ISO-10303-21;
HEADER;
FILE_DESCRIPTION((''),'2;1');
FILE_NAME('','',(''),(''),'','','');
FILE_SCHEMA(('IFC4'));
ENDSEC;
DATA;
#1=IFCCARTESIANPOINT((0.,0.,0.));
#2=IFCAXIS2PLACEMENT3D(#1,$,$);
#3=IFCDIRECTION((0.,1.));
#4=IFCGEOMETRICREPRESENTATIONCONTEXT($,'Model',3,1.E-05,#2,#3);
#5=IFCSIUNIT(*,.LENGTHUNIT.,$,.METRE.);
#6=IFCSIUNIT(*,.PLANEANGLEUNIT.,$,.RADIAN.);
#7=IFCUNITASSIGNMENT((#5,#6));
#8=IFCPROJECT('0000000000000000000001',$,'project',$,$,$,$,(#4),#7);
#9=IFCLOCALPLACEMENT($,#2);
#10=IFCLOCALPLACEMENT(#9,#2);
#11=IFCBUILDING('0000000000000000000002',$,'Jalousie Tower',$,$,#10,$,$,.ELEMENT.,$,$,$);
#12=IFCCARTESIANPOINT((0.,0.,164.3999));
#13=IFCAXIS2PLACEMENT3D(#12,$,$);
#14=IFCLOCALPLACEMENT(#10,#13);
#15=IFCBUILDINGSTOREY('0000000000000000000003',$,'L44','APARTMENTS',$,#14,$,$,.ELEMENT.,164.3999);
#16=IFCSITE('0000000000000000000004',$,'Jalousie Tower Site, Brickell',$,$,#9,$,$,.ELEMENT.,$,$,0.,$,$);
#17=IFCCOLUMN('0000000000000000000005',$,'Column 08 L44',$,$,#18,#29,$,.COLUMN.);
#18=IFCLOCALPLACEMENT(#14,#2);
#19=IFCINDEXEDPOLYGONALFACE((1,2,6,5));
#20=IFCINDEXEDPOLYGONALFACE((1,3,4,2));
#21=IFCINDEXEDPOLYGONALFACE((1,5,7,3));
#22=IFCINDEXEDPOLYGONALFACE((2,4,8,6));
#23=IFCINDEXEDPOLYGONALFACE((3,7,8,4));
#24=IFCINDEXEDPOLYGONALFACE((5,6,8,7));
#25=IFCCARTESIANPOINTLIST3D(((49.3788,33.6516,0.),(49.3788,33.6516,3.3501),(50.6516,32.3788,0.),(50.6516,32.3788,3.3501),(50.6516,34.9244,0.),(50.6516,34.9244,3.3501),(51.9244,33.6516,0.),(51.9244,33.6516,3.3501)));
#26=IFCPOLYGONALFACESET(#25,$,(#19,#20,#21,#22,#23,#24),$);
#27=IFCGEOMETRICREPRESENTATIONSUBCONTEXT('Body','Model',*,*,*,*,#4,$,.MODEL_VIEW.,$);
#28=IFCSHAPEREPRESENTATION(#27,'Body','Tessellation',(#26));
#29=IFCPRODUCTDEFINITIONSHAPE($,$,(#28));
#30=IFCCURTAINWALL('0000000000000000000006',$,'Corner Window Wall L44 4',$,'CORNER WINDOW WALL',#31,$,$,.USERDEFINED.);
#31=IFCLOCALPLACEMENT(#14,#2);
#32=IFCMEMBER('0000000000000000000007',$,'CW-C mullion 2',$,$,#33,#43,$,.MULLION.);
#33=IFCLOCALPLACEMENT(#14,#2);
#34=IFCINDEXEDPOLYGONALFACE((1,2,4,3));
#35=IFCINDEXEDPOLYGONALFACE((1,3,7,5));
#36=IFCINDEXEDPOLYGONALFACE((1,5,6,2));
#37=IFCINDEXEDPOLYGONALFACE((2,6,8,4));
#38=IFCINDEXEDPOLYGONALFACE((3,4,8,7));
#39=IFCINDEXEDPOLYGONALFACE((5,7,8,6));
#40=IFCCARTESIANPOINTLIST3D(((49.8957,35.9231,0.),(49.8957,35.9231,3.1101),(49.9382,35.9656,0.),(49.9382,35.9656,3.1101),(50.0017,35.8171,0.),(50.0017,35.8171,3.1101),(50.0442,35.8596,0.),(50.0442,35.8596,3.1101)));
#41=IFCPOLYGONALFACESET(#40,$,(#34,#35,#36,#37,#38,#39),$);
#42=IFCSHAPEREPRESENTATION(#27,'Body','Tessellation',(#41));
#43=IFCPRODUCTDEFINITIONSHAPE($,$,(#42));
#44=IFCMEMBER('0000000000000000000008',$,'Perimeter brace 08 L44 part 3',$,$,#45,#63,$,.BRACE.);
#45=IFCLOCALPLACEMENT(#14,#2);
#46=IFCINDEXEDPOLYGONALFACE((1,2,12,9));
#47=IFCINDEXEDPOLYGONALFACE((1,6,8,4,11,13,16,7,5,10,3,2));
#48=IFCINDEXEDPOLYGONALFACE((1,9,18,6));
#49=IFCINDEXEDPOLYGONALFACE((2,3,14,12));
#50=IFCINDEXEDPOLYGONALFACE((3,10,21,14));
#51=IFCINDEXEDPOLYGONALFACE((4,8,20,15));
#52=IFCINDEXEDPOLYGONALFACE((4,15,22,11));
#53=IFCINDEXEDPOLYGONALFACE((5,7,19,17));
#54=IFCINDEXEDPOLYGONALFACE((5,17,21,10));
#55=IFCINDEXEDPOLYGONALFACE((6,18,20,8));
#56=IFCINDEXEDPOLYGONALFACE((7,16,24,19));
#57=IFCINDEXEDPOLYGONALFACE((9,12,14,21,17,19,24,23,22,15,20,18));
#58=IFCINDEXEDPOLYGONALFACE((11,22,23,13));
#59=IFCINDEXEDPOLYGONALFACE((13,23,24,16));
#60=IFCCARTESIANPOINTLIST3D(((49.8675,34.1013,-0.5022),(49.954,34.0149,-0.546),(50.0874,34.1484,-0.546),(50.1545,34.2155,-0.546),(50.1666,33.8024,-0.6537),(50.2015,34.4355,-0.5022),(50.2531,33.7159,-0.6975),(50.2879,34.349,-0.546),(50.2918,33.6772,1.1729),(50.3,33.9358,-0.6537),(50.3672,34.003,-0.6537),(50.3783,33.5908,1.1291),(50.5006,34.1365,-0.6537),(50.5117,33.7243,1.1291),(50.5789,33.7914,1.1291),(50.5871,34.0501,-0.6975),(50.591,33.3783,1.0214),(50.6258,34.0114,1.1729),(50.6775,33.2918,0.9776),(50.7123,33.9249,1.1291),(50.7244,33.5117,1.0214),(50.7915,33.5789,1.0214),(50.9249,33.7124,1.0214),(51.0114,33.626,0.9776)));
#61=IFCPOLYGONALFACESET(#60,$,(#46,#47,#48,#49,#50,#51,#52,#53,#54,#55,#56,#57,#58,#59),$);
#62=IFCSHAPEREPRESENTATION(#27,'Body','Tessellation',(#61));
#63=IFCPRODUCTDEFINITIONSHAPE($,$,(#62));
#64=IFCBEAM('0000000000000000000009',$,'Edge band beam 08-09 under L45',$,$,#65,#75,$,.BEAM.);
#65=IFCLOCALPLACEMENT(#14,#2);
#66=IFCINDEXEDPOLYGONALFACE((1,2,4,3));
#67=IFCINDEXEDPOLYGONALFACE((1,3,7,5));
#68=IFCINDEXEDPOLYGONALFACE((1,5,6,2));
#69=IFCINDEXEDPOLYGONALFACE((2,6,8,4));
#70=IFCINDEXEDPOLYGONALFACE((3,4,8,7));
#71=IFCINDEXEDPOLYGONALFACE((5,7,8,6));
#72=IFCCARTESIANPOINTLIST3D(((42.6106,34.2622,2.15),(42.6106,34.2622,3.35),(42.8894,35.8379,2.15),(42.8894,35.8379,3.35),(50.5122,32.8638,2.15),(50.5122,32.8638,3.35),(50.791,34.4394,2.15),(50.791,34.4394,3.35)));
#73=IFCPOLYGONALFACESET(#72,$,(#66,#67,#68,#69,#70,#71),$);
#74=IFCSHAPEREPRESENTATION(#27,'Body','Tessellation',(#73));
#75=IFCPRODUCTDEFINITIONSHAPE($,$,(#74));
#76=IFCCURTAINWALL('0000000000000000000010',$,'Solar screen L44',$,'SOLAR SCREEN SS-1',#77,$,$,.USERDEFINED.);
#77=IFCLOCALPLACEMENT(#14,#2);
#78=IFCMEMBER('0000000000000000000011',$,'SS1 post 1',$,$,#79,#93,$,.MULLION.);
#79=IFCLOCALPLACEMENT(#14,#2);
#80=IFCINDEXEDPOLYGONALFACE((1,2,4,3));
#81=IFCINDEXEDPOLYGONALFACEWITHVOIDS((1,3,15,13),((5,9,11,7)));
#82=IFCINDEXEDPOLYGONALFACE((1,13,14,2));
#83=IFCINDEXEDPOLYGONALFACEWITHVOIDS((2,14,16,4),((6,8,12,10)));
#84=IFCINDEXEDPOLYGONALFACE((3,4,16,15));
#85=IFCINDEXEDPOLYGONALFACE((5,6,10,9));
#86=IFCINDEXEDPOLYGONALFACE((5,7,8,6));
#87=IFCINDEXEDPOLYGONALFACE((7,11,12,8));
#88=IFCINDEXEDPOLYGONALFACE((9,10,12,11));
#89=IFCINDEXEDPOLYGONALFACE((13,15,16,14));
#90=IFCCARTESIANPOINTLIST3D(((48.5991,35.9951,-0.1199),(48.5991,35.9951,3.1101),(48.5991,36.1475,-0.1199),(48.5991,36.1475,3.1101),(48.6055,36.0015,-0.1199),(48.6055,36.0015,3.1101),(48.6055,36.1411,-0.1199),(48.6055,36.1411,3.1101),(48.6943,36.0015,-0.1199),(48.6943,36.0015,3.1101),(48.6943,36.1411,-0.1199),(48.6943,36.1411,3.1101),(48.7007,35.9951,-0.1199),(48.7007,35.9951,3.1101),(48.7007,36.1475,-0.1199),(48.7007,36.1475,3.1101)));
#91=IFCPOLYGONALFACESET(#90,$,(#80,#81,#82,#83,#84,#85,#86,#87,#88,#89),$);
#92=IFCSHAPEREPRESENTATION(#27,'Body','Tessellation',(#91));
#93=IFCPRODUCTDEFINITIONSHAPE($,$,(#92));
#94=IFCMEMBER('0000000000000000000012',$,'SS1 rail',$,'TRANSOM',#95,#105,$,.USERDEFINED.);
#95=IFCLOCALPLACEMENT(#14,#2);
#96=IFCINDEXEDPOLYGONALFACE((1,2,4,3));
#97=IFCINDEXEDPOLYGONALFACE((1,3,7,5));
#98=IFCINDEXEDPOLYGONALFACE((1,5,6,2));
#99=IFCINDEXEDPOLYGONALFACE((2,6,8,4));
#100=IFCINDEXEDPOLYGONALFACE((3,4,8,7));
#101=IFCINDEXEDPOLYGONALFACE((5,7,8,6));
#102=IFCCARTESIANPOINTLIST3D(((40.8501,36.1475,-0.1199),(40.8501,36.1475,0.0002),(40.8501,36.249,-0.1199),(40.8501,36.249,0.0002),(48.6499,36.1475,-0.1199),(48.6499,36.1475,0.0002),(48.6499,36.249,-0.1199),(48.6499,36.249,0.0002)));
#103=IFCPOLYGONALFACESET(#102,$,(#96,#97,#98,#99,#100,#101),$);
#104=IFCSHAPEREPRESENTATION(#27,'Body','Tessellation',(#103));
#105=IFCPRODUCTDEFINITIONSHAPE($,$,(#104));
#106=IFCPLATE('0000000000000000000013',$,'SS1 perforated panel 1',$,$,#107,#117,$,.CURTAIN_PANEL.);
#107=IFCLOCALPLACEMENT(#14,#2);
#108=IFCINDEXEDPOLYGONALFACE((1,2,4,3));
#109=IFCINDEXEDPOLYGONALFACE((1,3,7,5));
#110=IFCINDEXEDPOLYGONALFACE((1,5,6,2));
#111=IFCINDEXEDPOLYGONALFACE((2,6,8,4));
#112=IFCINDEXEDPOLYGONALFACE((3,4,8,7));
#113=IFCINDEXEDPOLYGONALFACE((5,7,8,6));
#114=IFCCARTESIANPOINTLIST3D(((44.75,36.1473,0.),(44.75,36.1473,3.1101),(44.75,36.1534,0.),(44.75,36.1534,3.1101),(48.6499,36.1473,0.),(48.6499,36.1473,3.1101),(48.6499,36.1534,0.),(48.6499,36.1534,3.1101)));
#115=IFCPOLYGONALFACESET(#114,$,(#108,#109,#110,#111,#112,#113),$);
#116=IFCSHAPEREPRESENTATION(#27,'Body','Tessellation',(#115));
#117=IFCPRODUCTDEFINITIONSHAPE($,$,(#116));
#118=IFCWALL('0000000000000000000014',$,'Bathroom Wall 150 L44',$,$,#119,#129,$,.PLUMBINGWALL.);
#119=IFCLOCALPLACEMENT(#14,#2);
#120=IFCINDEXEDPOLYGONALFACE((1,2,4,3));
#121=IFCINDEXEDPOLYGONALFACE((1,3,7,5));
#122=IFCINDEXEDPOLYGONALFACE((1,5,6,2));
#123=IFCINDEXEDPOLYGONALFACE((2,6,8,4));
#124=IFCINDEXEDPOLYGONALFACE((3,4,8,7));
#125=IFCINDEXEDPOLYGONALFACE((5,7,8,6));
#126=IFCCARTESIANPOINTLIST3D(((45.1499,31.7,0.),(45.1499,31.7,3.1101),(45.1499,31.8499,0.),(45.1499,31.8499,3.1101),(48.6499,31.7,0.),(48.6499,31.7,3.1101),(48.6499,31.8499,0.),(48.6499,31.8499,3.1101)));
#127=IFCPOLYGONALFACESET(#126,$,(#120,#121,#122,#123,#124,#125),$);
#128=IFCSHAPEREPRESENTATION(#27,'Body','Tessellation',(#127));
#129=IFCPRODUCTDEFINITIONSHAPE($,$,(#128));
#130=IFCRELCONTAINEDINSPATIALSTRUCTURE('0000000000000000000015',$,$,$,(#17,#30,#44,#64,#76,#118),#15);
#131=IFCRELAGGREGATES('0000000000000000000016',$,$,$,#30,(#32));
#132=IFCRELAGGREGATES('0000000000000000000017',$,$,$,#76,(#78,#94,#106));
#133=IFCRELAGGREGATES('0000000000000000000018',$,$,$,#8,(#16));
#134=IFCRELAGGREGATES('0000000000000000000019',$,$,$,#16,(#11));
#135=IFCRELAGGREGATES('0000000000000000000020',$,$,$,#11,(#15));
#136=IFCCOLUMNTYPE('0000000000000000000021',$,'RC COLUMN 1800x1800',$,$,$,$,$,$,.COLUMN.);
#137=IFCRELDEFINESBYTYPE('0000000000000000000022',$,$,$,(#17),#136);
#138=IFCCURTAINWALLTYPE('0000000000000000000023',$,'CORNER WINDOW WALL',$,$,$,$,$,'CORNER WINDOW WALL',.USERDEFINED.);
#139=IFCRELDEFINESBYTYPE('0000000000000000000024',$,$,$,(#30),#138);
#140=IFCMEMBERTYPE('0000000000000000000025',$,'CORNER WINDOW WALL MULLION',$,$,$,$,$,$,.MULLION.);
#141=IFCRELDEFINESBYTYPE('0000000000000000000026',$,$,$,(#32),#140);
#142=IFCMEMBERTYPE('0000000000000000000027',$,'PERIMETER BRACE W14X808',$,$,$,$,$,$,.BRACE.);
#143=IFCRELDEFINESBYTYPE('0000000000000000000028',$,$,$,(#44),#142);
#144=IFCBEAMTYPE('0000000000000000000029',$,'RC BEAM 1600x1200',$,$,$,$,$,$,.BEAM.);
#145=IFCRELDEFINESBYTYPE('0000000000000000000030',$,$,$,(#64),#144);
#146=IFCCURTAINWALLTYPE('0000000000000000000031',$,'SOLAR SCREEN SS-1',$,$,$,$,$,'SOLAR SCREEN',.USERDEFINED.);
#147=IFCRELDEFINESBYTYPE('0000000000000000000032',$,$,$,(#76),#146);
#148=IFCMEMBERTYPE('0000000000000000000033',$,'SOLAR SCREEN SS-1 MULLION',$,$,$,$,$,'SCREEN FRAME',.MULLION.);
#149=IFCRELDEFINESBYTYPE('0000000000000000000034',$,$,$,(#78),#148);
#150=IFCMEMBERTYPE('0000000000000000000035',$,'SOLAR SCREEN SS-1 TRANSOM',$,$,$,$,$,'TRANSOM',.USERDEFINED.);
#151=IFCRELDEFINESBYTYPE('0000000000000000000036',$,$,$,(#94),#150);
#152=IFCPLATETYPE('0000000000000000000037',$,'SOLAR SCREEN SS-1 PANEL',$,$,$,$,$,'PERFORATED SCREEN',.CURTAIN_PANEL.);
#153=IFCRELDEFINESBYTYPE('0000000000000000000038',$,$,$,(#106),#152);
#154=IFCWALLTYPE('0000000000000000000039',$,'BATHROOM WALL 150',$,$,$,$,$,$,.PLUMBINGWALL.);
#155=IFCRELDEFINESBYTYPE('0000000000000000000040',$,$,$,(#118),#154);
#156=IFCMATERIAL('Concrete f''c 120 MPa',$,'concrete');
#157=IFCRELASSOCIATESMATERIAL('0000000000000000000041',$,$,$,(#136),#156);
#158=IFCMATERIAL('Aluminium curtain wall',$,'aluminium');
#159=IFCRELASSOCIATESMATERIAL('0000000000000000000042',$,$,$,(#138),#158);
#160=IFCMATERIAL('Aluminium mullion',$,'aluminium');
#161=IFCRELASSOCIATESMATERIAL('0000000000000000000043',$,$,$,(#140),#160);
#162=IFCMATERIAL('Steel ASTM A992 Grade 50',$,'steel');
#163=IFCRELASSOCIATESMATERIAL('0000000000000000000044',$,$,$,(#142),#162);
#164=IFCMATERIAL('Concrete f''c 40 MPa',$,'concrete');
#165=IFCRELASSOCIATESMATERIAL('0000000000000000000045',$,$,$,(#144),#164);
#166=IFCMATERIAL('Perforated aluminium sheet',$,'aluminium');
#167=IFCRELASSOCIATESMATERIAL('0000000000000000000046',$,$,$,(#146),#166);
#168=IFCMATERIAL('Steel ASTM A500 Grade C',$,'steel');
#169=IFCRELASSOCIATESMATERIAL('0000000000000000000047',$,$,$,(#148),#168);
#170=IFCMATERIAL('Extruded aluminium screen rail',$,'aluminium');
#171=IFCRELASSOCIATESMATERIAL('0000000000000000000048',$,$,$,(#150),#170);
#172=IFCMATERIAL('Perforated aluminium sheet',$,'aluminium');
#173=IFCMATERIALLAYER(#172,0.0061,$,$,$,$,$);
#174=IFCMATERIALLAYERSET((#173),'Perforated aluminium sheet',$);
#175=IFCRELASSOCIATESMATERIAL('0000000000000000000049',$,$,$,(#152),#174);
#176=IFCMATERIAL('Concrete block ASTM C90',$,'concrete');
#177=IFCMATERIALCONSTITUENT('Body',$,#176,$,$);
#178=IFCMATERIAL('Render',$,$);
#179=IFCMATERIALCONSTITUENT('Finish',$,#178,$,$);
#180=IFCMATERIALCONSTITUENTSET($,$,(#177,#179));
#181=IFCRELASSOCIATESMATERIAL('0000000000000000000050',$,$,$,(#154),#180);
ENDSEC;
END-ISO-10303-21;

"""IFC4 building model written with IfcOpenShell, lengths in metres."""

from ifc_helpers import new_model, si_unit, direction, frame, frame_2d, origin, origin_2d, place, context, subcontext, project, spatial, rectangle, hollow_rectangle, i_section, extrude, material, layer, layer_set, constituent, constituent_set, material_profile, profile_set, type_object, element, aggregate, save


model = new_model("IFC4")

# Units and contexts
model_context = context("Model", 3, precision=1e-05, world=origin(), true_north=direction((0.0, 1.0)))
body_context = subcontext(model_context, "Body", "Model", "MODEL_VIEW")
ifc_project = project(units=[si_unit("LENGTHUNIT", "METRE"), si_unit("PLANEANGLEUNIT", "RADIAN")], contexts=[model_context])

# Site, building, storey
site_placement = place(None, origin())
site = spatial("IfcSite", under=ifc_project, at=site_placement, Name="Jalousie Tower Site, Brickell", CompositionType="ELEMENT", RefElevation=0.0)
building_placement = place(site_placement, origin())
building = spatial("IfcBuilding", under=site, at=building_placement, Name="Jalousie Tower", CompositionType="ELEMENT")
storey_placement = place(building_placement, frame((0.0, 0.0, 164.3999)))
storey = spatial("IfcBuildingStorey", under=building, at=storey_placement, Name="L44", Description="APARTMENTS", CompositionType="ELEMENT", Elevation=164.3999)

# Column
ifc_material_1 = material(Name="Concrete f'c 120 MPa", Category="concrete")
ifc_material_profile_1 = material_profile(ifc_material_1, rectangle(XDim=1.8, YDim=1.8, at=origin_2d()), Name="RC 1800x1800")
ifc_profile_set_1 = profile_set([ifc_material_profile_1], Name="Concrete f'c 120 MPa")
column_type = type_object("IfcColumnType", Name="RC COLUMN 1800x1800", PredefinedType="COLUMN", material=ifc_profile_set_1)
column_placement = place(storey_placement, frame((50.6516, 33.6516, 0.0), z_axis=(0.0, 0.0, 1.0), x_axis=(0.707107, 0.707107, 0.0)))
element("IfcColumn", 1, at=column_placement, inside=storey, type_object=column_type, Name="Column 08 L44", PredefinedType="COLUMN", context=body_context, shape_type="SweptSolid", body=[
    extrude(rectangle(XDim=1.8, YDim=1.8, at=origin_2d()), origin(), (0.0, 0.0, 1.0), 3.3501),
])

# Curtain wall, member
ifc_material_2 = material(Name="Aluminium curtain wall", Category="aluminium")
curtain_wall_type_1 = type_object("IfcCurtainWallType", Name="CORNER WINDOW WALL", ElementType="CORNER WINDOW WALL", PredefinedType="USERDEFINED", material=ifc_material_2)
curtain_wall_1_placement = place(storey_placement, origin())
curtain_wall_1 = element("IfcCurtainWall", 2, at=curtain_wall_1_placement, inside=storey, type_object=curtain_wall_type_1, Name="Corner Window Wall L44 4", ObjectType="CORNER WINDOW WALL", PredefinedType="USERDEFINED")
ifc_material_3 = material(Name="Aluminium mullion", Category="aluminium")
ifc_material_profile_2 = material_profile(ifc_material_3, rectangle(XDim=0.0601, YDim=0.1499, at=origin_2d()), Name="MULLION 60x150")
ifc_profile_set_2 = profile_set([ifc_material_profile_2], Name="Aluminium mullion")
member_type_1 = type_object("IfcMemberType", Name="CORNER WINDOW WALL MULLION", PredefinedType="MULLION", material=ifc_profile_set_2)
member_1_placement = place(storey_placement, frame((49.97, 35.8914, 0.0), z_axis=(0.0, 0.0, 1.0), x_axis=(-0.707107, -0.707107, 0.0)))
member_1 = element("IfcMember", 3, at=member_1_placement, type_object=member_type_1, Name="CW-C mullion 2", PredefinedType="MULLION", context=body_context, shape_type="SweptSolid", body=[
    extrude(rectangle(XDim=0.0601, YDim=0.1499, at=origin_2d()), origin(), (0.0, 0.0, 1.0), 3.1101),
])
aggregate(curtain_wall_1, [member_1])

# Member
ifc_material_4 = material(Name="Steel ASTM A992 Grade 50", Category="steel")
ifc_material_profile_3 = material_profile(ifc_material_4, i_section(OverallWidth=0.4724, OverallDepth=0.5791, WebThickness=0.095, FlangeThickness=0.1299, at=origin_2d()), Name="W14X808")
ifc_profile_set_3 = profile_set([ifc_material_profile_3], Name="Steel ASTM A992 Grade 50")
member_type_2 = type_object("IfcMemberType", Name="PERIMETER BRACE W14X808", PredefinedType="BRACE", material=ifc_profile_set_3)
member_2_placement = place(storey_placement, frame((50.2273, 34.0757, -0.5999), z_axis=(0.238483, -0.238346, 0.941444), x_axis=(0.706903, 0.70731, 0.0)))
element("IfcMember", 4, at=member_2_placement, inside=storey, type_object=member_type_2, Name="Perimeter brace 08 L44 part 3", PredefinedType="BRACE", context=body_context, shape_type="SweptSolid", body=[
    extrude(i_section(OverallWidth=0.4724, OverallDepth=0.5791, WebThickness=0.095, FlangeThickness=0.1299, at=origin_2d()), origin(), (0.0, 0.0, 1.0), 1.7793),
])

# Beam
ifc_material_5 = material(Name="Concrete f'c 40 MPa", Category="concrete")
ifc_material_profile_4 = material_profile(ifc_material_5, rectangle(XDim=1.6001, YDim=1.2, at=origin_2d()), Name="RC 1600x1200")
ifc_profile_set_4 = profile_set([ifc_material_profile_4], Name="Concrete f'c 40 MPa")
beam_type = type_object("IfcBeamType", Name="RC BEAM 1600x1200", PredefinedType="BEAM", material=ifc_profile_set_4)
beam_placement = place(storey_placement, frame((50.6516, 33.6516, 2.75), z_axis=(-0.984697, 0.174273, 0.0), x_axis=(-0.174273, -0.984697, 0.0)))
element("IfcBeam", 5, at=beam_placement, inside=storey, type_object=beam_type, Name="Edge band beam 08-09 under L45", PredefinedType="BEAM", context=body_context, shape_type="SweptSolid", body=[
    extrude(rectangle(XDim=1.6001, YDim=1.2, at=origin_2d()), origin(), (0.0, 0.0, 1.0), 8.0244),
])

# Curtain wall, members, plate
ifc_material_6 = material(Name="Perforated aluminium sheet", Category="aluminium")
curtain_wall_type_2 = type_object("IfcCurtainWallType", Name="SOLAR SCREEN SS-1", ElementType="SOLAR SCREEN", PredefinedType="USERDEFINED", material=ifc_material_6)
curtain_wall_2_placement = place(storey_placement, origin())
curtain_wall_2 = element("IfcCurtainWall", 6, at=curtain_wall_2_placement, inside=storey, type_object=curtain_wall_type_2, Name="Solar screen L44", ObjectType="SOLAR SCREEN SS-1", PredefinedType="USERDEFINED")
ifc_material_7 = material(Name="Steel ASTM A500 Grade C", Category="steel")
ifc_material_profile_5 = material_profile(ifc_material_7, hollow_rectangle(XDim=0.1016, YDim=0.1523, WallThickness=0.0063, at=origin_2d()), Name="HSS6X4X1/4")
ifc_profile_set_5 = profile_set([ifc_material_profile_5], Name="Steel ASTM A500 Grade C")
member_type_3 = type_object("IfcMemberType", Name="SOLAR SCREEN SS-1 MULLION", ElementType="SCREEN FRAME", PredefinedType="MULLION", material=ifc_profile_set_5)
member_3_placement = place(storey_placement, frame((48.6499, 36.0713, -0.1199), z_axis=(0.0, 0.0, 1.0), x_axis=(-1.0, 0.0, 0.0)))
member_3 = element("IfcMember", 7, at=member_3_placement, type_object=member_type_3, Name="SS1 post 1", PredefinedType="MULLION", context=body_context, shape_type="SweptSolid", body=[
    extrude(hollow_rectangle(XDim=0.1016, YDim=0.1523, WallThickness=0.0063, at=origin_2d()), origin(), (0.0, 0.0, 1.0), 3.23),
])
ifc_material_8 = material(Name="Extruded aluminium screen rail", Category="aluminium")
ifc_material_profile_6 = material_profile(ifc_material_8, rectangle(XDim=0.1016, YDim=0.1201, at=origin_2d()), Name="RAIL 102x120")
ifc_profile_set_6 = profile_set([ifc_material_profile_6], Name="Extruded aluminium screen rail")
member_type_4 = type_object("IfcMemberType", Name="SOLAR SCREEN SS-1 TRANSOM", ElementType="TRANSOM", PredefinedType="USERDEFINED", material=ifc_profile_set_6)
member_4_placement = place(storey_placement, frame((48.6499, 36.1982, -0.0598), z_axis=(-1.0, 0.0, 0.0), x_axis=(0.0, -1.0, 0.0)))
member_4 = element("IfcMember", 8, at=member_4_placement, type_object=member_type_4, Name="SS1 rail", ObjectType="TRANSOM", PredefinedType="USERDEFINED", context=body_context, shape_type="SweptSolid", body=[
    extrude(rectangle(XDim=0.1016, YDim=0.1201, at=origin_2d()), origin(), (0.0, 0.0, 1.0), 7.7998),
])
ifc_material_9 = material(Name="Perforated aluminium sheet", Category="aluminium")
ifc_layer = layer(ifc_material_9, 0.0061)
ifc_layer_set = layer_set([ifc_layer], Name="Perforated aluminium sheet")
plate_type = type_object("IfcPlateType", Name="SOLAR SCREEN SS-1 PANEL", ElementType="PERFORATED SCREEN", PredefinedType="CURTAIN_PANEL", material=ifc_layer_set)
plate_placement = place(storey_placement, frame((46.7, 36.1504, 0.0), z_axis=(0.0, 0.0, 1.0), x_axis=(-1.0, 0.0, 0.0)))
plate = element("IfcPlate", 9, at=plate_placement, type_object=plate_type, Name="SS1 perforated panel 1", PredefinedType="CURTAIN_PANEL", context=body_context, shape_type="SweptSolid", body=[
    extrude(rectangle(XDim=3.8999, YDim=0.0061, at=origin_2d()), origin(), (0.0, 0.0, 1.0), 3.1101),
])
aggregate(curtain_wall_2, [member_3, member_4, plate])

# Wall
ifc_material_10 = material(Name="Concrete block ASTM C90", Category="concrete")
ifc_constituent_1 = constituent(ifc_material_10, Name="Body")
ifc_material_11 = material(Name="Render")
ifc_constituent_2 = constituent(ifc_material_11, Name="Finish")
ifc_constituent_set_1 = constituent_set(constituents=[ifc_constituent_1, ifc_constituent_2])
wall_type_1 = type_object("IfcWallType", Name="BATHROOM WALL 150", PredefinedType="PLUMBINGWALL", material=ifc_constituent_set_1)
wall_1_placement = place(storey_placement, frame((45.1499, 31.7749, 0.0), z_axis=(0.0, 0.0, 1.0), x_axis=(1.0, 0.0, 0.0)))
element("IfcWall", 10, at=wall_1_placement, inside=storey, type_object=wall_type_1, Name="Bathroom Wall 150 L44", PredefinedType="PLUMBINGWALL", context=body_context, shape_type="SweptSolid", body=[
    extrude(rectangle(XDim=3.5, YDim=0.1499, at=frame_2d((1.75, 0.0))), origin(), (0.0, 0.0, 1.0), 3.1101),
])

save(model, "model.ifc")
